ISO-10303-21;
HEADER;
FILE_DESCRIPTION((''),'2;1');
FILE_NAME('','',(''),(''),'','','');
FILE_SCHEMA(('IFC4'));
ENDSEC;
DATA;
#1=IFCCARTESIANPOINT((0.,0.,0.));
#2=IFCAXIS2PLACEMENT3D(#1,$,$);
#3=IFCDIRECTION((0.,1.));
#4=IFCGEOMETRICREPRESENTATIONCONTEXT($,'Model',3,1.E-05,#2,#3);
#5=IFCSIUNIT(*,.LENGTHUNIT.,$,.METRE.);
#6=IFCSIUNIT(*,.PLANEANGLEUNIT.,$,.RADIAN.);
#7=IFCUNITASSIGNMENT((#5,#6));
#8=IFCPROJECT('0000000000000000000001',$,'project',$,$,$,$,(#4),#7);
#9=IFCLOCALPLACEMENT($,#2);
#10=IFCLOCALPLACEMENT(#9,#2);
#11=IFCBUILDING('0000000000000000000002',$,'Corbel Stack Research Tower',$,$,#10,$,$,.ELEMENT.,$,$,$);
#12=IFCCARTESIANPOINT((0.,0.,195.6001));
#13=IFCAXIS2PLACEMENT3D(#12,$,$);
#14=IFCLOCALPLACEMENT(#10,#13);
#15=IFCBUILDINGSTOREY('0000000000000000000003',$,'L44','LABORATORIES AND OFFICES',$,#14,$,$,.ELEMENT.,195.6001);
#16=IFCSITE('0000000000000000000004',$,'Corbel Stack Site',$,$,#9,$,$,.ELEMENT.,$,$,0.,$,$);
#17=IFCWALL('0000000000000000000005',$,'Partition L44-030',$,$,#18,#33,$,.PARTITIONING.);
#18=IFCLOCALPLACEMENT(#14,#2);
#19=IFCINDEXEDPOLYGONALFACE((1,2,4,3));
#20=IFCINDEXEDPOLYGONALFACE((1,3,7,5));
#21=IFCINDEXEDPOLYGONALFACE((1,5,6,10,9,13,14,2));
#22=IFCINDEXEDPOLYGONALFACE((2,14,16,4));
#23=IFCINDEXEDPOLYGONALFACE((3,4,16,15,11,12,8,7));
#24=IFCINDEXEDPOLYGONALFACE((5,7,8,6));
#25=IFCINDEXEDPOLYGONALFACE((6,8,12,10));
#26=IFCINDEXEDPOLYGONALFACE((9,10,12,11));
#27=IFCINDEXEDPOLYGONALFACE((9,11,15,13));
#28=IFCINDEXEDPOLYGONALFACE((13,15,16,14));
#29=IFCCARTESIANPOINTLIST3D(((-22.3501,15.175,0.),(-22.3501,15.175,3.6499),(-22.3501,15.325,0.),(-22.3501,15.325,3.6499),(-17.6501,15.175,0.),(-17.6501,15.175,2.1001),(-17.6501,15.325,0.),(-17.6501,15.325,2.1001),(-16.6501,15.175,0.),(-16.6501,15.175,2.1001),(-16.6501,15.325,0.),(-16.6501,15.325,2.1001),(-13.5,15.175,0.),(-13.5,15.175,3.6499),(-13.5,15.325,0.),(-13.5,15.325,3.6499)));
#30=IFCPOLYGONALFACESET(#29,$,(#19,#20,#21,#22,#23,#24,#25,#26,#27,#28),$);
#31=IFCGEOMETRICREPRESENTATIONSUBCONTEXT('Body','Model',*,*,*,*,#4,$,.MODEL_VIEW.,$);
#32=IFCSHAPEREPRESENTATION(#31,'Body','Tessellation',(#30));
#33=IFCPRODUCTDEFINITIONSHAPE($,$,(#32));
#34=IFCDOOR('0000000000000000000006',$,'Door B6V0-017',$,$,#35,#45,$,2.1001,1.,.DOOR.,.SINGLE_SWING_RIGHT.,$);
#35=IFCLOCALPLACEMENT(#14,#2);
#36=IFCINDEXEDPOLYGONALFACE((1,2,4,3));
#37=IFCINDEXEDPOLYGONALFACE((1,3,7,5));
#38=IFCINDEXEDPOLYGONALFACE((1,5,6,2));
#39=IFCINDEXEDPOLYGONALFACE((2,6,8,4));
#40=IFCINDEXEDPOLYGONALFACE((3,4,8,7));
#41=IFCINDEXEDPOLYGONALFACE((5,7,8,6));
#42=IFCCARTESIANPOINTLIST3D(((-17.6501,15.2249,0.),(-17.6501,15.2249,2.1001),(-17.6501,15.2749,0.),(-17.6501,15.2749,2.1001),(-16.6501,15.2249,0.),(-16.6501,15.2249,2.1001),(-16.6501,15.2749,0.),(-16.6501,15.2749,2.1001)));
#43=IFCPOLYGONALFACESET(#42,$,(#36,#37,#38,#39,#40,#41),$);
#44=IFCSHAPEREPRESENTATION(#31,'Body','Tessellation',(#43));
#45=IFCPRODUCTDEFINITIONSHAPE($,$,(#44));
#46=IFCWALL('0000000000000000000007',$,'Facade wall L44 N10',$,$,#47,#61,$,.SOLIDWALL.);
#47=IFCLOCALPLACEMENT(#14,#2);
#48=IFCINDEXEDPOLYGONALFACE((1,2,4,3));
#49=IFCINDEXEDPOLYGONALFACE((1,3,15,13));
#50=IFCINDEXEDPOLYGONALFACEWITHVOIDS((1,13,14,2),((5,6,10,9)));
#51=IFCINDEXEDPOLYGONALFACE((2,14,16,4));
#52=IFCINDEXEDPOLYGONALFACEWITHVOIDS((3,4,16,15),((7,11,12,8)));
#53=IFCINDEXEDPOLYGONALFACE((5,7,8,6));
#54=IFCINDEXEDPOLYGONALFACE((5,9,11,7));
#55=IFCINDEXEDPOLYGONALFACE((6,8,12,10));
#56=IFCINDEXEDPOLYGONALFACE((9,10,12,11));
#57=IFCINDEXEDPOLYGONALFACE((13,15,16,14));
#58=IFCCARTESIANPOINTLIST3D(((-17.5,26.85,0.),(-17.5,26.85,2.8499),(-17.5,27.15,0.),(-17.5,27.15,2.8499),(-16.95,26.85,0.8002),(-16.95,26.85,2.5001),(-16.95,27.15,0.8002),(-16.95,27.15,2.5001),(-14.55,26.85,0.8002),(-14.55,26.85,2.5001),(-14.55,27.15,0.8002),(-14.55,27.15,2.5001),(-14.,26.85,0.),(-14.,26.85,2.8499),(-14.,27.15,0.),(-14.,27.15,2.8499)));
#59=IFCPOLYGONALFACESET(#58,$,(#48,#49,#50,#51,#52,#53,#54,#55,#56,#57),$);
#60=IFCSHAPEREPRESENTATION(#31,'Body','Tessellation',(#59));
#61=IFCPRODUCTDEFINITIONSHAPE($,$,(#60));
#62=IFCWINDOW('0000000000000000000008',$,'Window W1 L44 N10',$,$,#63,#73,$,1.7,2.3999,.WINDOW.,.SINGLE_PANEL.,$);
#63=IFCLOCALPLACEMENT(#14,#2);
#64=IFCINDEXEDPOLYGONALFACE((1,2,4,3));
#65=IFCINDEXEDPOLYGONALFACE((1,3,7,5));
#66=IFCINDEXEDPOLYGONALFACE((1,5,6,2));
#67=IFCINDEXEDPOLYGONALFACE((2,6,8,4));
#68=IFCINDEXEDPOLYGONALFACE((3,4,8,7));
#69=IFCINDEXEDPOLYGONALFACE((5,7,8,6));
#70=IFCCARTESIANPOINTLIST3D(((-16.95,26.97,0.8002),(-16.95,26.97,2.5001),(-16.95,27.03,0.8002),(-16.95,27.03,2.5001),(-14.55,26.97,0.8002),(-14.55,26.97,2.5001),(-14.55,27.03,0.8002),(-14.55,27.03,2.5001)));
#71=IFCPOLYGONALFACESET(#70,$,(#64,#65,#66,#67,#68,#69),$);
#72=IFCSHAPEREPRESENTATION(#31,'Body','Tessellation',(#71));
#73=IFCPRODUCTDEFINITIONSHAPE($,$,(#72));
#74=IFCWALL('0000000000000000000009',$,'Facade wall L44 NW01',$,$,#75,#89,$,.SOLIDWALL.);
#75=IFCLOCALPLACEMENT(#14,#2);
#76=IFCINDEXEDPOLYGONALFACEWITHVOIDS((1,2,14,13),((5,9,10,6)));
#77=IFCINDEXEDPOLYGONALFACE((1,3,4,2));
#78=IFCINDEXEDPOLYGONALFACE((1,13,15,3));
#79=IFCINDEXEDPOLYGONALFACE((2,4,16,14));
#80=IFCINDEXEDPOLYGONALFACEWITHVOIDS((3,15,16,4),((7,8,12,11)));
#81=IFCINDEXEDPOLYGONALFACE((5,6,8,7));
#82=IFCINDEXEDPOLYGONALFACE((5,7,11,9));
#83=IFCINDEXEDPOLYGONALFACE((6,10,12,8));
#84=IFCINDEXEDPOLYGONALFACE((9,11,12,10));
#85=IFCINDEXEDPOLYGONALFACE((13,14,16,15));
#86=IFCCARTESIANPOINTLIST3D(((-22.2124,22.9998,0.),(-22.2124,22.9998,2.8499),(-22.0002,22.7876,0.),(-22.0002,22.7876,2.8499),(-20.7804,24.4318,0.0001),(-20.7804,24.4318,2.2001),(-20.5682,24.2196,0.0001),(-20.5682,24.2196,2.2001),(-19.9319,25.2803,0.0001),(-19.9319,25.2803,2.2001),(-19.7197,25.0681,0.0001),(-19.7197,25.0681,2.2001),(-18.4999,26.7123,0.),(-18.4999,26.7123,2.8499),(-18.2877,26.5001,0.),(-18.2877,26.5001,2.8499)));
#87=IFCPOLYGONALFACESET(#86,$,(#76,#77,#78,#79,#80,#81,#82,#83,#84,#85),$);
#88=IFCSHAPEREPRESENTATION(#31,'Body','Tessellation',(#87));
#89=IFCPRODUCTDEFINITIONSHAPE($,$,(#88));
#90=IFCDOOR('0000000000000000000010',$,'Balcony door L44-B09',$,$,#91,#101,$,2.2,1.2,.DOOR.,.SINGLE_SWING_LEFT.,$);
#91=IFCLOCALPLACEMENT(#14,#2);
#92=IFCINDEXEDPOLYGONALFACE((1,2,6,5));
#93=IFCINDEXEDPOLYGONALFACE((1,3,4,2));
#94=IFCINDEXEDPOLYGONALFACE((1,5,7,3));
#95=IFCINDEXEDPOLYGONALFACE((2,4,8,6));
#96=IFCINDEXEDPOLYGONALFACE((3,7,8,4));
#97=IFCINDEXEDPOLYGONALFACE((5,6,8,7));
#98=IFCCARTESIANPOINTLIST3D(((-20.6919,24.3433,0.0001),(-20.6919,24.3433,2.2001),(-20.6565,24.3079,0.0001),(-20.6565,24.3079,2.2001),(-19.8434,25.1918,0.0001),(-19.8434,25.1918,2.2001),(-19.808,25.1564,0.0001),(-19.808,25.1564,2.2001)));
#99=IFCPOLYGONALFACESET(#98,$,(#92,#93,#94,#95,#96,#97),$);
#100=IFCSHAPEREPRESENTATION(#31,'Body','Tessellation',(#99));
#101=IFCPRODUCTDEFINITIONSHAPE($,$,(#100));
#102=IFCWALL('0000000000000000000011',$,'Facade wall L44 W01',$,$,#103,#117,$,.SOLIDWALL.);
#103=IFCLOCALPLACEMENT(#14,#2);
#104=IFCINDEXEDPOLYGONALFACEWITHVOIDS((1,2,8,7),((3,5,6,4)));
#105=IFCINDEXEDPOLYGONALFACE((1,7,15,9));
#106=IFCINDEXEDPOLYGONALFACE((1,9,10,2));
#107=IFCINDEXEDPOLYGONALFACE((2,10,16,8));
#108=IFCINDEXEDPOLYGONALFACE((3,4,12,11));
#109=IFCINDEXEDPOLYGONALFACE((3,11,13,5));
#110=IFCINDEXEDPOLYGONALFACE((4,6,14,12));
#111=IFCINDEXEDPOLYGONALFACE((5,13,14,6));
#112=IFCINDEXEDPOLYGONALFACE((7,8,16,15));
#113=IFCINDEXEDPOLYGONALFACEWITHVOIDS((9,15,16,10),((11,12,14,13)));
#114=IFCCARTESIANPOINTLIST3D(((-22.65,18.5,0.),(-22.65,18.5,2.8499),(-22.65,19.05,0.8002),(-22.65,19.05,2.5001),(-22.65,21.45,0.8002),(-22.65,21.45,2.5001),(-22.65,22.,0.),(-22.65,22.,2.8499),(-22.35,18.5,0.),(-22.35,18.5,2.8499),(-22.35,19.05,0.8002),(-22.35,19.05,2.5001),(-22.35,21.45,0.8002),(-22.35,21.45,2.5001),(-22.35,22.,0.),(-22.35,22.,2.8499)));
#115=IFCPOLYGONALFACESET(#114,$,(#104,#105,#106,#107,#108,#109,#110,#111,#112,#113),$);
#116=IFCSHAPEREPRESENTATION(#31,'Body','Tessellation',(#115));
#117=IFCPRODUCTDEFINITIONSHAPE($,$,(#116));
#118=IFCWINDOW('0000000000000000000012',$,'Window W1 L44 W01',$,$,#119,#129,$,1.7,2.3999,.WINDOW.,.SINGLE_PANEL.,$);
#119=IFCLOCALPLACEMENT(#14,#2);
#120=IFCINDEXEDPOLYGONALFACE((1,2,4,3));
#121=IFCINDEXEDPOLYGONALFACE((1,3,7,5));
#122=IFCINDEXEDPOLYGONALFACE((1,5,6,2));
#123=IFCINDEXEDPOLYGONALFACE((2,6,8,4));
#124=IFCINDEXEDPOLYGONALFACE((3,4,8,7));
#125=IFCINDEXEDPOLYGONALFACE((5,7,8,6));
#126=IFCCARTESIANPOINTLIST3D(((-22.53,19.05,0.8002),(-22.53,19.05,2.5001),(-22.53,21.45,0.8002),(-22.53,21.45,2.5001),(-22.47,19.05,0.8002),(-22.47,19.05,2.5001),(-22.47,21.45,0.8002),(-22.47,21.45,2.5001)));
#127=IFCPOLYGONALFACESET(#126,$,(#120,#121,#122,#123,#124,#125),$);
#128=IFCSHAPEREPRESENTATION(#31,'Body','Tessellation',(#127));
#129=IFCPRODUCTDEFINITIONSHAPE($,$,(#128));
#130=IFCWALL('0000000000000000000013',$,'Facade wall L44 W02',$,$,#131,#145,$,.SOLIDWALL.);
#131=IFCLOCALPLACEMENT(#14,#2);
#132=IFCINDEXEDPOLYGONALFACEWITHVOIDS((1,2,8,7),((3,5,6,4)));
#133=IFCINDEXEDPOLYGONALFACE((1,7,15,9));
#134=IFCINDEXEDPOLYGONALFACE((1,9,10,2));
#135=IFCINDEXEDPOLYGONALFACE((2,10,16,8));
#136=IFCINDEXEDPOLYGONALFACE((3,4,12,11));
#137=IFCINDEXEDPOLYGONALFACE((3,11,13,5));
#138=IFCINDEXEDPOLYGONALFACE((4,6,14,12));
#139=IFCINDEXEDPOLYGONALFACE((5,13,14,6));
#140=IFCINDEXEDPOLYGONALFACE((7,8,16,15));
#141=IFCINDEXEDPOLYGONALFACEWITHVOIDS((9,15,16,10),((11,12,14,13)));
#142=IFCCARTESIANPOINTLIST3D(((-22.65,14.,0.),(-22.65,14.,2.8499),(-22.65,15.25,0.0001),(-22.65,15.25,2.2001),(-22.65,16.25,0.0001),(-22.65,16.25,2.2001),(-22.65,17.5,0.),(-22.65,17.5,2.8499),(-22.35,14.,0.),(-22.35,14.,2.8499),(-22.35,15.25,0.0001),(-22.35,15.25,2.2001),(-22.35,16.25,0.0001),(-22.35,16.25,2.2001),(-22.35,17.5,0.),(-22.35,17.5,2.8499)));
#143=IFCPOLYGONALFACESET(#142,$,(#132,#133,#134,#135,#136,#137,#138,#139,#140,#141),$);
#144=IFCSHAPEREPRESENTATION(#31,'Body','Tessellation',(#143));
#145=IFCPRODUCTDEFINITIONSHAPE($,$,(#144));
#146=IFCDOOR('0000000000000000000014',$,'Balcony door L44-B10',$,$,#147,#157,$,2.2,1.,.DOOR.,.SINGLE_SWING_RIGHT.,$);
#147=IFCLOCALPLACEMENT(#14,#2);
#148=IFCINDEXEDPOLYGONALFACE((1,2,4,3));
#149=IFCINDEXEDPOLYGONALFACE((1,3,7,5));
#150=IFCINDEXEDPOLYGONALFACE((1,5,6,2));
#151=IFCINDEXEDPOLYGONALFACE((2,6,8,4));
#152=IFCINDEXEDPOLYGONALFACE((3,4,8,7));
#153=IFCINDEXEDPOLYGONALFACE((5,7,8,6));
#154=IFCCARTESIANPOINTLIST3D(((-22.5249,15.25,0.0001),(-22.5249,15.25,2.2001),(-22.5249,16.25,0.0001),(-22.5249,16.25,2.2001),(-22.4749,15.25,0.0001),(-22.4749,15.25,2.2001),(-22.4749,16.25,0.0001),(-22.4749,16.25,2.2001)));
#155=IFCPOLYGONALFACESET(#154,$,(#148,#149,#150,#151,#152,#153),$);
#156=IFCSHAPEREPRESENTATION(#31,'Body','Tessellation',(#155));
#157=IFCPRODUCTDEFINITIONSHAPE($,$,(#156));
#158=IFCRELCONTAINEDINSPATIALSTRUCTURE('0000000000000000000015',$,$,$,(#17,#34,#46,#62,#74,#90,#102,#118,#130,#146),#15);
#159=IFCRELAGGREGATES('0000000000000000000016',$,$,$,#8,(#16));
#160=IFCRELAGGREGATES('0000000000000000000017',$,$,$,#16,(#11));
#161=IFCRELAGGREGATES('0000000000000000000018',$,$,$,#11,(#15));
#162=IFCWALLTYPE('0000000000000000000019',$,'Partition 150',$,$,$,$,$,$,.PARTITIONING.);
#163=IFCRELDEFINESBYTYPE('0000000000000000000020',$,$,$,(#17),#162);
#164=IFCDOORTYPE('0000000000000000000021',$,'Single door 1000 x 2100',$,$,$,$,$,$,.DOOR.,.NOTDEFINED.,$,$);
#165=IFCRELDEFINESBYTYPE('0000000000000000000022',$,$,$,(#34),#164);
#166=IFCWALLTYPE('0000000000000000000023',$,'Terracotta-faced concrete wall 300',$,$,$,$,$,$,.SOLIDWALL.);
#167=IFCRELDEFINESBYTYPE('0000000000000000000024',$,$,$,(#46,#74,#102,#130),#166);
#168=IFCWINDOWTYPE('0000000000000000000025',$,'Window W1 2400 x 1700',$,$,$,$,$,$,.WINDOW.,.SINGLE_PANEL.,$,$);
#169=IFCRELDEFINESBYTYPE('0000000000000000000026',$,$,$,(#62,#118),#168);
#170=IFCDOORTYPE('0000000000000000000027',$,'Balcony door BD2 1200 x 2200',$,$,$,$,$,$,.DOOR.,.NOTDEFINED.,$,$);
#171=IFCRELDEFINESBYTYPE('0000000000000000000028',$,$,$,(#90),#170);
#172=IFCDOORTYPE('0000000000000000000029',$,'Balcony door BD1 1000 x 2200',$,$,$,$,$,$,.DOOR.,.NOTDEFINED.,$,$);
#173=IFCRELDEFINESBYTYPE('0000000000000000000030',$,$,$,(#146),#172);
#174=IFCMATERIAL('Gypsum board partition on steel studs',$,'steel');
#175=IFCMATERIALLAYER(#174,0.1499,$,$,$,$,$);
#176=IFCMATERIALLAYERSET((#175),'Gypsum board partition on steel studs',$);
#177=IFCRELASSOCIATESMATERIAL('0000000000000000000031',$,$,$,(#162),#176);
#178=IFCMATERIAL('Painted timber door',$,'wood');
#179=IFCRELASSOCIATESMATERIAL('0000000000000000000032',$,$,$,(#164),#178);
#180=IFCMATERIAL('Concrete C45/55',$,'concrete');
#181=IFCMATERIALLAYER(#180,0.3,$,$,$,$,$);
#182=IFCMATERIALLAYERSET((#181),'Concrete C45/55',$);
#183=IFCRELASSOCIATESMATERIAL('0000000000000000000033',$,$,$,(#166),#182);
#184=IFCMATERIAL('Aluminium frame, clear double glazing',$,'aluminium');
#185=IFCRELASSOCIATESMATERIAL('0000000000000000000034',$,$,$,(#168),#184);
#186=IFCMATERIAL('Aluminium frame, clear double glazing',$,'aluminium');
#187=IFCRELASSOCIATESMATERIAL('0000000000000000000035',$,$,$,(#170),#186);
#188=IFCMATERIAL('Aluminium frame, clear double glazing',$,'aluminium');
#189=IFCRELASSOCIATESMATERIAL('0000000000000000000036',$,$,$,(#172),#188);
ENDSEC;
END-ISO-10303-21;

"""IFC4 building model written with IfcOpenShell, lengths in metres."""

from ifc_helpers import new_model, si_unit, direction, frame, frame_2d, origin, place, context, subcontext, project, spatial, rectangle, extrude, material, layer, layer_set, type_object, element, fill, save


model = new_model("IFC4")

# Units and contexts
model_context = context("Model", 3, precision=1e-05, world=origin(), true_north=direction((0.0, 1.0)))
body_context = subcontext(model_context, "Body", "Model", "MODEL_VIEW")
ifc_project = project(units=[si_unit("LENGTHUNIT", "METRE"), si_unit("PLANEANGLEUNIT", "RADIAN")], contexts=[model_context])

# Site, building, storey
site_placement = place(None, origin())
site = spatial("IfcSite", under=ifc_project, at=site_placement, Name="Corbel Stack Site", CompositionType="ELEMENT", RefElevation=0.0)
building_placement = place(site_placement, origin())
building = spatial("IfcBuilding", under=site, at=building_placement, Name="Corbel Stack Research Tower", CompositionType="ELEMENT")
storey_placement = place(building_placement, frame((0.0, 0.0, 195.6001)))
storey = spatial("IfcBuildingStorey", under=building, at=storey_placement, Name="L44", Description="LABORATORIES AND OFFICES", CompositionType="ELEMENT", Elevation=195.6001)

# Wall, opening, door
ifc_material_1 = material(Name="Gypsum board partition on steel studs", Category="steel")
ifc_layer_1 = layer(ifc_material_1, 0.1499)
ifc_layer_set_1 = layer_set([ifc_layer_1], Name="Gypsum board partition on steel studs")
wall_type_1 = type_object("IfcWallType", Name="Partition 150", PredefinedType="PARTITIONING", material=ifc_layer_set_1)
wall_1_placement = place(storey_placement, frame((-22.3501, 15.25, 0.0), z_axis=(0.0, 0.0, 1.0), x_axis=(1.0, 0.0, 0.0)))
wall_1 = element("IfcWall", 1, at=wall_1_placement, inside=storey, type_object=wall_type_1, Name="Partition L44-030", PredefinedType="PARTITIONING", context=body_context, shape_type="SweptSolid", body=[
    extrude(rectangle(XDim=8.8501, YDim=0.1499, at=frame_2d((4.425, 0.0))), origin(), (0.0, 0.0, 1.0), 3.6499),
])
opening_1_placement = place(wall_1_placement, frame((4.7, 0.0, 0.0)))
opening_1 = element("IfcOpeningElement", 2, at=opening_1_placement, cuts=wall_1, PredefinedType="OPENING", context=body_context, shape_type="SweptSolid", body=[
    extrude(rectangle(XDim=1.0, YDim=2.1001, at=frame_2d((0.5, 1.05))), frame((0.0, 0.085, 0.0), z_axis=(0.0, -1.0, 0.0), x_axis=(1.0, 0.0, 0.0)), (0.0, 0.0, 1.0), 0.1699),
])
ifc_material_2 = material(Name="Painted timber door", Category="wood")
door_type_1 = type_object("IfcDoorType", Name="Single door 1000 x 2100", OperationType="NOTDEFINED", PredefinedType="DOOR", material=ifc_material_2)
door_1_placement = place(opening_1_placement, origin())
door_1 = element("IfcDoor", 3, at=door_1_placement, inside=storey, type_object=door_type_1, Name="Door B6V0-017", OperationType="SINGLE_SWING_RIGHT", OverallHeight=2.1001, OverallWidth=1.0, PredefinedType="DOOR", context=body_context, shape_type="SweptSolid", body=[
    extrude(rectangle(XDim=1.0, YDim=2.1001, at=frame_2d((0.5, 1.05))), frame((0.0, 0.0249, 0.0), z_axis=(0.0, -1.0, 0.0), x_axis=(1.0, 0.0, 0.0)), (0.0, 0.0, 1.0), 0.05),
])
fill(opening_1, door_1)

# Wall, opening, window
ifc_material_3 = material(Name="Concrete C45/55", Category="concrete")
ifc_layer_2 = layer(ifc_material_3, 0.3)
ifc_layer_set_2 = layer_set([ifc_layer_2], Name="Concrete C45/55")
wall_type_2 = type_object("IfcWallType", Name="Terracotta-faced concrete wall 300", PredefinedType="SOLIDWALL", material=ifc_layer_set_2)
wall_2_placement = place(storey_placement, frame((-17.5, 27.0, 0.0), z_axis=(0.0, 0.0, 1.0), x_axis=(1.0, 0.0, 0.0)))
wall_2 = element("IfcWall", 4, at=wall_2_placement, inside=storey, type_object=wall_type_2, Name="Facade wall L44 N10", PredefinedType="SOLIDWALL", context=body_context, shape_type="SweptSolid", body=[
    extrude(rectangle(XDim=3.5, YDim=0.3, at=frame_2d((1.75, 0.0))), origin(), (0.0, 0.0, 1.0), 2.8499),
])
opening_2_placement = place(wall_2_placement, frame((0.55, 0.0, 0.8)))
opening_2 = element("IfcOpeningElement", 5, at=opening_2_placement, cuts=wall_2, PredefinedType="OPENING", context=body_context, shape_type="SweptSolid", body=[
    extrude(rectangle(XDim=2.3999, YDim=1.7, at=frame_2d((1.2, 0.8501))), frame((0.0, 0.1599, 0.0), z_axis=(0.0, -1.0, 0.0), x_axis=(1.0, 0.0, 0.0)), (0.0, 0.0, 1.0), 0.3201),
])
ifc_material_4 = material(Name="Aluminium frame, clear double glazing", Category="aluminium")
window_type = type_object("IfcWindowType", Name="Window W1 2400 x 1700", PartitioningType="SINGLE_PANEL", PredefinedType="WINDOW", material=ifc_material_4)
window_1_placement = place(opening_2_placement, origin())
window_1 = element("IfcWindow", 6, at=window_1_placement, inside=storey, type_object=window_type, Name="Window W1 L44 N10", OverallHeight=1.7, OverallWidth=2.3999, PartitioningType="SINGLE_PANEL", PredefinedType="WINDOW", context=body_context, shape_type="SweptSolid", body=[
    extrude(rectangle(XDim=2.3999, YDim=1.7, at=frame_2d((1.2, 0.8501))), frame((0.0, 0.03, 0.0), z_axis=(0.0, -1.0, 0.0), x_axis=(1.0, 0.0, 0.0)), (0.0, 0.0, 1.0), 0.0601),
])
fill(opening_2, window_1)

# Wall, opening, door
wall_3_placement = place(storey_placement, frame((-22.1062, 22.8938, 0.0), z_axis=(0.0, 0.0, 1.0), x_axis=(0.707107, 0.707107, 0.0)))
wall_3 = element("IfcWall", 7, at=wall_3_placement, inside=storey, type_object=wall_type_2, Name="Facade wall L44 NW01", PredefinedType="SOLIDWALL", context=body_context, shape_type="SweptSolid", body=[
    extrude(rectangle(XDim=5.2502, YDim=0.3, at=frame_2d((2.625, 0.0))), origin(), (0.0, 0.0, 1.0), 2.8499),
])
opening_3_placement = place(wall_3_placement, frame((2.0249, 0.0, 0.0)))
opening_3 = element("IfcOpeningElement", 8, at=opening_3_placement, cuts=wall_3, PredefinedType="OPENING", context=body_context, shape_type="SweptSolid", body=[
    extrude(rectangle(XDim=1.2, YDim=2.2, at=frame_2d((0.6001, 1.1001))), frame((0.0, 0.1599, 0.0), z_axis=(0.0, -1.0, 0.0), x_axis=(1.0, 0.0, 0.0)), (0.0, 0.0, 1.0), 0.3201),
])
ifc_material_5 = material(Name="Aluminium frame, clear double glazing", Category="aluminium")
door_type_2 = type_object("IfcDoorType", Name="Balcony door BD2 1200 x 2200", OperationType="NOTDEFINED", PredefinedType="DOOR", material=ifc_material_5)
door_2_placement = place(opening_3_placement, origin())
door_2 = element("IfcDoor", 9, at=door_2_placement, inside=storey, type_object=door_type_2, Name="Balcony door L44-B09", OperationType="SINGLE_SWING_LEFT", OverallHeight=2.2, OverallWidth=1.2, PredefinedType="DOOR", context=body_context, shape_type="SweptSolid", body=[
    extrude(rectangle(XDim=1.2, YDim=2.2, at=frame_2d((0.6001, 1.1001))), frame((0.0, 0.0249, 0.0), z_axis=(0.0, -1.0, 0.0), x_axis=(1.0, 0.0, 0.0)), (0.0, 0.0, 1.0), 0.05),
])
fill(opening_3, door_2)

# Wall, opening, window
wall_4_placement = place(storey_placement, frame((-22.5, 18.5, 0.0), z_axis=(0.0, 0.0, 1.0), x_axis=(0.0, 1.0, 0.0)))
wall_4 = element("IfcWall", 10, at=wall_4_placement, inside=storey, type_object=wall_type_2, Name="Facade wall L44 W01", PredefinedType="SOLIDWALL", context=body_context, shape_type="SweptSolid", body=[
    extrude(rectangle(XDim=3.5, YDim=0.3, at=frame_2d((1.75, 0.0))), origin(), (0.0, 0.0, 1.0), 2.8499),
])
opening_4_placement = place(wall_4_placement, frame((0.55, 0.0, 0.8)))
opening_4 = element("IfcOpeningElement", 11, at=opening_4_placement, cuts=wall_4, PredefinedType="OPENING", context=body_context, shape_type="SweptSolid", body=[
    extrude(rectangle(XDim=2.3999, YDim=1.7, at=frame_2d((1.2, 0.8501))), frame((0.0, 0.1599, 0.0), z_axis=(0.0, -1.0, 0.0), x_axis=(1.0, 0.0, 0.0)), (0.0, 0.0, 1.0), 0.3201),
])
window_2_placement = place(opening_4_placement, origin())
window_2 = element("IfcWindow", 12, at=window_2_placement, inside=storey, type_object=window_type, Name="Window W1 L44 W01", OverallHeight=1.7, OverallWidth=2.3999, PartitioningType="SINGLE_PANEL", PredefinedType="WINDOW", context=body_context, shape_type="SweptSolid", body=[
    extrude(rectangle(XDim=2.3999, YDim=1.7, at=frame_2d((1.2, 0.8501))), frame((0.0, 0.03, 0.0), z_axis=(0.0, -1.0, 0.0), x_axis=(1.0, 0.0, 0.0)), (0.0, 0.0, 1.0), 0.0601),
])
fill(opening_4, window_2)

# Wall, opening, door
wall_5_placement = place(storey_placement, frame((-22.5, 14.0, 0.0), z_axis=(0.0, 0.0, 1.0), x_axis=(0.0, 1.0, 0.0)))
wall_5 = element("IfcWall", 13, at=wall_5_placement, inside=storey, type_object=wall_type_2, Name="Facade wall L44 W02", PredefinedType="SOLIDWALL", context=body_context, shape_type="SweptSolid", body=[
    extrude(rectangle(XDim=3.5, YDim=0.3, at=frame_2d((1.75, 0.0))), origin(), (0.0, 0.0, 1.0), 2.8499),
])
opening_5_placement = place(wall_5_placement, frame((1.25, 0.0, 0.0)))
opening_5 = element("IfcOpeningElement", 14, at=opening_5_placement, cuts=wall_5, PredefinedType="OPENING", context=body_context, shape_type="SweptSolid", body=[
    extrude(rectangle(XDim=1.0, YDim=2.2, at=frame_2d((0.5, 1.1001))), frame((0.0, 0.1599, 0.0), z_axis=(0.0, -1.0, 0.0), x_axis=(1.0, 0.0, 0.0)), (0.0, 0.0, 1.0), 0.3201),
])
ifc_material_6 = material(Name="Aluminium frame, clear double glazing", Category="aluminium")
door_type_3 = type_object("IfcDoorType", Name="Balcony door BD1 1000 x 2200", OperationType="NOTDEFINED", PredefinedType="DOOR", material=ifc_material_6)
door_3_placement = place(opening_5_placement, origin())
door_3 = element("IfcDoor", 15, at=door_3_placement, inside=storey, type_object=door_type_3, Name="Balcony door L44-B10", OperationType="SINGLE_SWING_RIGHT", OverallHeight=2.2, OverallWidth=1.0, PredefinedType="DOOR", context=body_context, shape_type="SweptSolid", body=[
    extrude(rectangle(XDim=1.0, YDim=2.2, at=frame_2d((0.5, 1.1001))), frame((0.0, 0.0249, 0.0), z_axis=(0.0, -1.0, 0.0), x_axis=(1.0, 0.0, 0.0)), (0.0, 0.0, 1.0), 0.05),
])
fill(opening_5, door_3)

save(model, "model.ifc")
